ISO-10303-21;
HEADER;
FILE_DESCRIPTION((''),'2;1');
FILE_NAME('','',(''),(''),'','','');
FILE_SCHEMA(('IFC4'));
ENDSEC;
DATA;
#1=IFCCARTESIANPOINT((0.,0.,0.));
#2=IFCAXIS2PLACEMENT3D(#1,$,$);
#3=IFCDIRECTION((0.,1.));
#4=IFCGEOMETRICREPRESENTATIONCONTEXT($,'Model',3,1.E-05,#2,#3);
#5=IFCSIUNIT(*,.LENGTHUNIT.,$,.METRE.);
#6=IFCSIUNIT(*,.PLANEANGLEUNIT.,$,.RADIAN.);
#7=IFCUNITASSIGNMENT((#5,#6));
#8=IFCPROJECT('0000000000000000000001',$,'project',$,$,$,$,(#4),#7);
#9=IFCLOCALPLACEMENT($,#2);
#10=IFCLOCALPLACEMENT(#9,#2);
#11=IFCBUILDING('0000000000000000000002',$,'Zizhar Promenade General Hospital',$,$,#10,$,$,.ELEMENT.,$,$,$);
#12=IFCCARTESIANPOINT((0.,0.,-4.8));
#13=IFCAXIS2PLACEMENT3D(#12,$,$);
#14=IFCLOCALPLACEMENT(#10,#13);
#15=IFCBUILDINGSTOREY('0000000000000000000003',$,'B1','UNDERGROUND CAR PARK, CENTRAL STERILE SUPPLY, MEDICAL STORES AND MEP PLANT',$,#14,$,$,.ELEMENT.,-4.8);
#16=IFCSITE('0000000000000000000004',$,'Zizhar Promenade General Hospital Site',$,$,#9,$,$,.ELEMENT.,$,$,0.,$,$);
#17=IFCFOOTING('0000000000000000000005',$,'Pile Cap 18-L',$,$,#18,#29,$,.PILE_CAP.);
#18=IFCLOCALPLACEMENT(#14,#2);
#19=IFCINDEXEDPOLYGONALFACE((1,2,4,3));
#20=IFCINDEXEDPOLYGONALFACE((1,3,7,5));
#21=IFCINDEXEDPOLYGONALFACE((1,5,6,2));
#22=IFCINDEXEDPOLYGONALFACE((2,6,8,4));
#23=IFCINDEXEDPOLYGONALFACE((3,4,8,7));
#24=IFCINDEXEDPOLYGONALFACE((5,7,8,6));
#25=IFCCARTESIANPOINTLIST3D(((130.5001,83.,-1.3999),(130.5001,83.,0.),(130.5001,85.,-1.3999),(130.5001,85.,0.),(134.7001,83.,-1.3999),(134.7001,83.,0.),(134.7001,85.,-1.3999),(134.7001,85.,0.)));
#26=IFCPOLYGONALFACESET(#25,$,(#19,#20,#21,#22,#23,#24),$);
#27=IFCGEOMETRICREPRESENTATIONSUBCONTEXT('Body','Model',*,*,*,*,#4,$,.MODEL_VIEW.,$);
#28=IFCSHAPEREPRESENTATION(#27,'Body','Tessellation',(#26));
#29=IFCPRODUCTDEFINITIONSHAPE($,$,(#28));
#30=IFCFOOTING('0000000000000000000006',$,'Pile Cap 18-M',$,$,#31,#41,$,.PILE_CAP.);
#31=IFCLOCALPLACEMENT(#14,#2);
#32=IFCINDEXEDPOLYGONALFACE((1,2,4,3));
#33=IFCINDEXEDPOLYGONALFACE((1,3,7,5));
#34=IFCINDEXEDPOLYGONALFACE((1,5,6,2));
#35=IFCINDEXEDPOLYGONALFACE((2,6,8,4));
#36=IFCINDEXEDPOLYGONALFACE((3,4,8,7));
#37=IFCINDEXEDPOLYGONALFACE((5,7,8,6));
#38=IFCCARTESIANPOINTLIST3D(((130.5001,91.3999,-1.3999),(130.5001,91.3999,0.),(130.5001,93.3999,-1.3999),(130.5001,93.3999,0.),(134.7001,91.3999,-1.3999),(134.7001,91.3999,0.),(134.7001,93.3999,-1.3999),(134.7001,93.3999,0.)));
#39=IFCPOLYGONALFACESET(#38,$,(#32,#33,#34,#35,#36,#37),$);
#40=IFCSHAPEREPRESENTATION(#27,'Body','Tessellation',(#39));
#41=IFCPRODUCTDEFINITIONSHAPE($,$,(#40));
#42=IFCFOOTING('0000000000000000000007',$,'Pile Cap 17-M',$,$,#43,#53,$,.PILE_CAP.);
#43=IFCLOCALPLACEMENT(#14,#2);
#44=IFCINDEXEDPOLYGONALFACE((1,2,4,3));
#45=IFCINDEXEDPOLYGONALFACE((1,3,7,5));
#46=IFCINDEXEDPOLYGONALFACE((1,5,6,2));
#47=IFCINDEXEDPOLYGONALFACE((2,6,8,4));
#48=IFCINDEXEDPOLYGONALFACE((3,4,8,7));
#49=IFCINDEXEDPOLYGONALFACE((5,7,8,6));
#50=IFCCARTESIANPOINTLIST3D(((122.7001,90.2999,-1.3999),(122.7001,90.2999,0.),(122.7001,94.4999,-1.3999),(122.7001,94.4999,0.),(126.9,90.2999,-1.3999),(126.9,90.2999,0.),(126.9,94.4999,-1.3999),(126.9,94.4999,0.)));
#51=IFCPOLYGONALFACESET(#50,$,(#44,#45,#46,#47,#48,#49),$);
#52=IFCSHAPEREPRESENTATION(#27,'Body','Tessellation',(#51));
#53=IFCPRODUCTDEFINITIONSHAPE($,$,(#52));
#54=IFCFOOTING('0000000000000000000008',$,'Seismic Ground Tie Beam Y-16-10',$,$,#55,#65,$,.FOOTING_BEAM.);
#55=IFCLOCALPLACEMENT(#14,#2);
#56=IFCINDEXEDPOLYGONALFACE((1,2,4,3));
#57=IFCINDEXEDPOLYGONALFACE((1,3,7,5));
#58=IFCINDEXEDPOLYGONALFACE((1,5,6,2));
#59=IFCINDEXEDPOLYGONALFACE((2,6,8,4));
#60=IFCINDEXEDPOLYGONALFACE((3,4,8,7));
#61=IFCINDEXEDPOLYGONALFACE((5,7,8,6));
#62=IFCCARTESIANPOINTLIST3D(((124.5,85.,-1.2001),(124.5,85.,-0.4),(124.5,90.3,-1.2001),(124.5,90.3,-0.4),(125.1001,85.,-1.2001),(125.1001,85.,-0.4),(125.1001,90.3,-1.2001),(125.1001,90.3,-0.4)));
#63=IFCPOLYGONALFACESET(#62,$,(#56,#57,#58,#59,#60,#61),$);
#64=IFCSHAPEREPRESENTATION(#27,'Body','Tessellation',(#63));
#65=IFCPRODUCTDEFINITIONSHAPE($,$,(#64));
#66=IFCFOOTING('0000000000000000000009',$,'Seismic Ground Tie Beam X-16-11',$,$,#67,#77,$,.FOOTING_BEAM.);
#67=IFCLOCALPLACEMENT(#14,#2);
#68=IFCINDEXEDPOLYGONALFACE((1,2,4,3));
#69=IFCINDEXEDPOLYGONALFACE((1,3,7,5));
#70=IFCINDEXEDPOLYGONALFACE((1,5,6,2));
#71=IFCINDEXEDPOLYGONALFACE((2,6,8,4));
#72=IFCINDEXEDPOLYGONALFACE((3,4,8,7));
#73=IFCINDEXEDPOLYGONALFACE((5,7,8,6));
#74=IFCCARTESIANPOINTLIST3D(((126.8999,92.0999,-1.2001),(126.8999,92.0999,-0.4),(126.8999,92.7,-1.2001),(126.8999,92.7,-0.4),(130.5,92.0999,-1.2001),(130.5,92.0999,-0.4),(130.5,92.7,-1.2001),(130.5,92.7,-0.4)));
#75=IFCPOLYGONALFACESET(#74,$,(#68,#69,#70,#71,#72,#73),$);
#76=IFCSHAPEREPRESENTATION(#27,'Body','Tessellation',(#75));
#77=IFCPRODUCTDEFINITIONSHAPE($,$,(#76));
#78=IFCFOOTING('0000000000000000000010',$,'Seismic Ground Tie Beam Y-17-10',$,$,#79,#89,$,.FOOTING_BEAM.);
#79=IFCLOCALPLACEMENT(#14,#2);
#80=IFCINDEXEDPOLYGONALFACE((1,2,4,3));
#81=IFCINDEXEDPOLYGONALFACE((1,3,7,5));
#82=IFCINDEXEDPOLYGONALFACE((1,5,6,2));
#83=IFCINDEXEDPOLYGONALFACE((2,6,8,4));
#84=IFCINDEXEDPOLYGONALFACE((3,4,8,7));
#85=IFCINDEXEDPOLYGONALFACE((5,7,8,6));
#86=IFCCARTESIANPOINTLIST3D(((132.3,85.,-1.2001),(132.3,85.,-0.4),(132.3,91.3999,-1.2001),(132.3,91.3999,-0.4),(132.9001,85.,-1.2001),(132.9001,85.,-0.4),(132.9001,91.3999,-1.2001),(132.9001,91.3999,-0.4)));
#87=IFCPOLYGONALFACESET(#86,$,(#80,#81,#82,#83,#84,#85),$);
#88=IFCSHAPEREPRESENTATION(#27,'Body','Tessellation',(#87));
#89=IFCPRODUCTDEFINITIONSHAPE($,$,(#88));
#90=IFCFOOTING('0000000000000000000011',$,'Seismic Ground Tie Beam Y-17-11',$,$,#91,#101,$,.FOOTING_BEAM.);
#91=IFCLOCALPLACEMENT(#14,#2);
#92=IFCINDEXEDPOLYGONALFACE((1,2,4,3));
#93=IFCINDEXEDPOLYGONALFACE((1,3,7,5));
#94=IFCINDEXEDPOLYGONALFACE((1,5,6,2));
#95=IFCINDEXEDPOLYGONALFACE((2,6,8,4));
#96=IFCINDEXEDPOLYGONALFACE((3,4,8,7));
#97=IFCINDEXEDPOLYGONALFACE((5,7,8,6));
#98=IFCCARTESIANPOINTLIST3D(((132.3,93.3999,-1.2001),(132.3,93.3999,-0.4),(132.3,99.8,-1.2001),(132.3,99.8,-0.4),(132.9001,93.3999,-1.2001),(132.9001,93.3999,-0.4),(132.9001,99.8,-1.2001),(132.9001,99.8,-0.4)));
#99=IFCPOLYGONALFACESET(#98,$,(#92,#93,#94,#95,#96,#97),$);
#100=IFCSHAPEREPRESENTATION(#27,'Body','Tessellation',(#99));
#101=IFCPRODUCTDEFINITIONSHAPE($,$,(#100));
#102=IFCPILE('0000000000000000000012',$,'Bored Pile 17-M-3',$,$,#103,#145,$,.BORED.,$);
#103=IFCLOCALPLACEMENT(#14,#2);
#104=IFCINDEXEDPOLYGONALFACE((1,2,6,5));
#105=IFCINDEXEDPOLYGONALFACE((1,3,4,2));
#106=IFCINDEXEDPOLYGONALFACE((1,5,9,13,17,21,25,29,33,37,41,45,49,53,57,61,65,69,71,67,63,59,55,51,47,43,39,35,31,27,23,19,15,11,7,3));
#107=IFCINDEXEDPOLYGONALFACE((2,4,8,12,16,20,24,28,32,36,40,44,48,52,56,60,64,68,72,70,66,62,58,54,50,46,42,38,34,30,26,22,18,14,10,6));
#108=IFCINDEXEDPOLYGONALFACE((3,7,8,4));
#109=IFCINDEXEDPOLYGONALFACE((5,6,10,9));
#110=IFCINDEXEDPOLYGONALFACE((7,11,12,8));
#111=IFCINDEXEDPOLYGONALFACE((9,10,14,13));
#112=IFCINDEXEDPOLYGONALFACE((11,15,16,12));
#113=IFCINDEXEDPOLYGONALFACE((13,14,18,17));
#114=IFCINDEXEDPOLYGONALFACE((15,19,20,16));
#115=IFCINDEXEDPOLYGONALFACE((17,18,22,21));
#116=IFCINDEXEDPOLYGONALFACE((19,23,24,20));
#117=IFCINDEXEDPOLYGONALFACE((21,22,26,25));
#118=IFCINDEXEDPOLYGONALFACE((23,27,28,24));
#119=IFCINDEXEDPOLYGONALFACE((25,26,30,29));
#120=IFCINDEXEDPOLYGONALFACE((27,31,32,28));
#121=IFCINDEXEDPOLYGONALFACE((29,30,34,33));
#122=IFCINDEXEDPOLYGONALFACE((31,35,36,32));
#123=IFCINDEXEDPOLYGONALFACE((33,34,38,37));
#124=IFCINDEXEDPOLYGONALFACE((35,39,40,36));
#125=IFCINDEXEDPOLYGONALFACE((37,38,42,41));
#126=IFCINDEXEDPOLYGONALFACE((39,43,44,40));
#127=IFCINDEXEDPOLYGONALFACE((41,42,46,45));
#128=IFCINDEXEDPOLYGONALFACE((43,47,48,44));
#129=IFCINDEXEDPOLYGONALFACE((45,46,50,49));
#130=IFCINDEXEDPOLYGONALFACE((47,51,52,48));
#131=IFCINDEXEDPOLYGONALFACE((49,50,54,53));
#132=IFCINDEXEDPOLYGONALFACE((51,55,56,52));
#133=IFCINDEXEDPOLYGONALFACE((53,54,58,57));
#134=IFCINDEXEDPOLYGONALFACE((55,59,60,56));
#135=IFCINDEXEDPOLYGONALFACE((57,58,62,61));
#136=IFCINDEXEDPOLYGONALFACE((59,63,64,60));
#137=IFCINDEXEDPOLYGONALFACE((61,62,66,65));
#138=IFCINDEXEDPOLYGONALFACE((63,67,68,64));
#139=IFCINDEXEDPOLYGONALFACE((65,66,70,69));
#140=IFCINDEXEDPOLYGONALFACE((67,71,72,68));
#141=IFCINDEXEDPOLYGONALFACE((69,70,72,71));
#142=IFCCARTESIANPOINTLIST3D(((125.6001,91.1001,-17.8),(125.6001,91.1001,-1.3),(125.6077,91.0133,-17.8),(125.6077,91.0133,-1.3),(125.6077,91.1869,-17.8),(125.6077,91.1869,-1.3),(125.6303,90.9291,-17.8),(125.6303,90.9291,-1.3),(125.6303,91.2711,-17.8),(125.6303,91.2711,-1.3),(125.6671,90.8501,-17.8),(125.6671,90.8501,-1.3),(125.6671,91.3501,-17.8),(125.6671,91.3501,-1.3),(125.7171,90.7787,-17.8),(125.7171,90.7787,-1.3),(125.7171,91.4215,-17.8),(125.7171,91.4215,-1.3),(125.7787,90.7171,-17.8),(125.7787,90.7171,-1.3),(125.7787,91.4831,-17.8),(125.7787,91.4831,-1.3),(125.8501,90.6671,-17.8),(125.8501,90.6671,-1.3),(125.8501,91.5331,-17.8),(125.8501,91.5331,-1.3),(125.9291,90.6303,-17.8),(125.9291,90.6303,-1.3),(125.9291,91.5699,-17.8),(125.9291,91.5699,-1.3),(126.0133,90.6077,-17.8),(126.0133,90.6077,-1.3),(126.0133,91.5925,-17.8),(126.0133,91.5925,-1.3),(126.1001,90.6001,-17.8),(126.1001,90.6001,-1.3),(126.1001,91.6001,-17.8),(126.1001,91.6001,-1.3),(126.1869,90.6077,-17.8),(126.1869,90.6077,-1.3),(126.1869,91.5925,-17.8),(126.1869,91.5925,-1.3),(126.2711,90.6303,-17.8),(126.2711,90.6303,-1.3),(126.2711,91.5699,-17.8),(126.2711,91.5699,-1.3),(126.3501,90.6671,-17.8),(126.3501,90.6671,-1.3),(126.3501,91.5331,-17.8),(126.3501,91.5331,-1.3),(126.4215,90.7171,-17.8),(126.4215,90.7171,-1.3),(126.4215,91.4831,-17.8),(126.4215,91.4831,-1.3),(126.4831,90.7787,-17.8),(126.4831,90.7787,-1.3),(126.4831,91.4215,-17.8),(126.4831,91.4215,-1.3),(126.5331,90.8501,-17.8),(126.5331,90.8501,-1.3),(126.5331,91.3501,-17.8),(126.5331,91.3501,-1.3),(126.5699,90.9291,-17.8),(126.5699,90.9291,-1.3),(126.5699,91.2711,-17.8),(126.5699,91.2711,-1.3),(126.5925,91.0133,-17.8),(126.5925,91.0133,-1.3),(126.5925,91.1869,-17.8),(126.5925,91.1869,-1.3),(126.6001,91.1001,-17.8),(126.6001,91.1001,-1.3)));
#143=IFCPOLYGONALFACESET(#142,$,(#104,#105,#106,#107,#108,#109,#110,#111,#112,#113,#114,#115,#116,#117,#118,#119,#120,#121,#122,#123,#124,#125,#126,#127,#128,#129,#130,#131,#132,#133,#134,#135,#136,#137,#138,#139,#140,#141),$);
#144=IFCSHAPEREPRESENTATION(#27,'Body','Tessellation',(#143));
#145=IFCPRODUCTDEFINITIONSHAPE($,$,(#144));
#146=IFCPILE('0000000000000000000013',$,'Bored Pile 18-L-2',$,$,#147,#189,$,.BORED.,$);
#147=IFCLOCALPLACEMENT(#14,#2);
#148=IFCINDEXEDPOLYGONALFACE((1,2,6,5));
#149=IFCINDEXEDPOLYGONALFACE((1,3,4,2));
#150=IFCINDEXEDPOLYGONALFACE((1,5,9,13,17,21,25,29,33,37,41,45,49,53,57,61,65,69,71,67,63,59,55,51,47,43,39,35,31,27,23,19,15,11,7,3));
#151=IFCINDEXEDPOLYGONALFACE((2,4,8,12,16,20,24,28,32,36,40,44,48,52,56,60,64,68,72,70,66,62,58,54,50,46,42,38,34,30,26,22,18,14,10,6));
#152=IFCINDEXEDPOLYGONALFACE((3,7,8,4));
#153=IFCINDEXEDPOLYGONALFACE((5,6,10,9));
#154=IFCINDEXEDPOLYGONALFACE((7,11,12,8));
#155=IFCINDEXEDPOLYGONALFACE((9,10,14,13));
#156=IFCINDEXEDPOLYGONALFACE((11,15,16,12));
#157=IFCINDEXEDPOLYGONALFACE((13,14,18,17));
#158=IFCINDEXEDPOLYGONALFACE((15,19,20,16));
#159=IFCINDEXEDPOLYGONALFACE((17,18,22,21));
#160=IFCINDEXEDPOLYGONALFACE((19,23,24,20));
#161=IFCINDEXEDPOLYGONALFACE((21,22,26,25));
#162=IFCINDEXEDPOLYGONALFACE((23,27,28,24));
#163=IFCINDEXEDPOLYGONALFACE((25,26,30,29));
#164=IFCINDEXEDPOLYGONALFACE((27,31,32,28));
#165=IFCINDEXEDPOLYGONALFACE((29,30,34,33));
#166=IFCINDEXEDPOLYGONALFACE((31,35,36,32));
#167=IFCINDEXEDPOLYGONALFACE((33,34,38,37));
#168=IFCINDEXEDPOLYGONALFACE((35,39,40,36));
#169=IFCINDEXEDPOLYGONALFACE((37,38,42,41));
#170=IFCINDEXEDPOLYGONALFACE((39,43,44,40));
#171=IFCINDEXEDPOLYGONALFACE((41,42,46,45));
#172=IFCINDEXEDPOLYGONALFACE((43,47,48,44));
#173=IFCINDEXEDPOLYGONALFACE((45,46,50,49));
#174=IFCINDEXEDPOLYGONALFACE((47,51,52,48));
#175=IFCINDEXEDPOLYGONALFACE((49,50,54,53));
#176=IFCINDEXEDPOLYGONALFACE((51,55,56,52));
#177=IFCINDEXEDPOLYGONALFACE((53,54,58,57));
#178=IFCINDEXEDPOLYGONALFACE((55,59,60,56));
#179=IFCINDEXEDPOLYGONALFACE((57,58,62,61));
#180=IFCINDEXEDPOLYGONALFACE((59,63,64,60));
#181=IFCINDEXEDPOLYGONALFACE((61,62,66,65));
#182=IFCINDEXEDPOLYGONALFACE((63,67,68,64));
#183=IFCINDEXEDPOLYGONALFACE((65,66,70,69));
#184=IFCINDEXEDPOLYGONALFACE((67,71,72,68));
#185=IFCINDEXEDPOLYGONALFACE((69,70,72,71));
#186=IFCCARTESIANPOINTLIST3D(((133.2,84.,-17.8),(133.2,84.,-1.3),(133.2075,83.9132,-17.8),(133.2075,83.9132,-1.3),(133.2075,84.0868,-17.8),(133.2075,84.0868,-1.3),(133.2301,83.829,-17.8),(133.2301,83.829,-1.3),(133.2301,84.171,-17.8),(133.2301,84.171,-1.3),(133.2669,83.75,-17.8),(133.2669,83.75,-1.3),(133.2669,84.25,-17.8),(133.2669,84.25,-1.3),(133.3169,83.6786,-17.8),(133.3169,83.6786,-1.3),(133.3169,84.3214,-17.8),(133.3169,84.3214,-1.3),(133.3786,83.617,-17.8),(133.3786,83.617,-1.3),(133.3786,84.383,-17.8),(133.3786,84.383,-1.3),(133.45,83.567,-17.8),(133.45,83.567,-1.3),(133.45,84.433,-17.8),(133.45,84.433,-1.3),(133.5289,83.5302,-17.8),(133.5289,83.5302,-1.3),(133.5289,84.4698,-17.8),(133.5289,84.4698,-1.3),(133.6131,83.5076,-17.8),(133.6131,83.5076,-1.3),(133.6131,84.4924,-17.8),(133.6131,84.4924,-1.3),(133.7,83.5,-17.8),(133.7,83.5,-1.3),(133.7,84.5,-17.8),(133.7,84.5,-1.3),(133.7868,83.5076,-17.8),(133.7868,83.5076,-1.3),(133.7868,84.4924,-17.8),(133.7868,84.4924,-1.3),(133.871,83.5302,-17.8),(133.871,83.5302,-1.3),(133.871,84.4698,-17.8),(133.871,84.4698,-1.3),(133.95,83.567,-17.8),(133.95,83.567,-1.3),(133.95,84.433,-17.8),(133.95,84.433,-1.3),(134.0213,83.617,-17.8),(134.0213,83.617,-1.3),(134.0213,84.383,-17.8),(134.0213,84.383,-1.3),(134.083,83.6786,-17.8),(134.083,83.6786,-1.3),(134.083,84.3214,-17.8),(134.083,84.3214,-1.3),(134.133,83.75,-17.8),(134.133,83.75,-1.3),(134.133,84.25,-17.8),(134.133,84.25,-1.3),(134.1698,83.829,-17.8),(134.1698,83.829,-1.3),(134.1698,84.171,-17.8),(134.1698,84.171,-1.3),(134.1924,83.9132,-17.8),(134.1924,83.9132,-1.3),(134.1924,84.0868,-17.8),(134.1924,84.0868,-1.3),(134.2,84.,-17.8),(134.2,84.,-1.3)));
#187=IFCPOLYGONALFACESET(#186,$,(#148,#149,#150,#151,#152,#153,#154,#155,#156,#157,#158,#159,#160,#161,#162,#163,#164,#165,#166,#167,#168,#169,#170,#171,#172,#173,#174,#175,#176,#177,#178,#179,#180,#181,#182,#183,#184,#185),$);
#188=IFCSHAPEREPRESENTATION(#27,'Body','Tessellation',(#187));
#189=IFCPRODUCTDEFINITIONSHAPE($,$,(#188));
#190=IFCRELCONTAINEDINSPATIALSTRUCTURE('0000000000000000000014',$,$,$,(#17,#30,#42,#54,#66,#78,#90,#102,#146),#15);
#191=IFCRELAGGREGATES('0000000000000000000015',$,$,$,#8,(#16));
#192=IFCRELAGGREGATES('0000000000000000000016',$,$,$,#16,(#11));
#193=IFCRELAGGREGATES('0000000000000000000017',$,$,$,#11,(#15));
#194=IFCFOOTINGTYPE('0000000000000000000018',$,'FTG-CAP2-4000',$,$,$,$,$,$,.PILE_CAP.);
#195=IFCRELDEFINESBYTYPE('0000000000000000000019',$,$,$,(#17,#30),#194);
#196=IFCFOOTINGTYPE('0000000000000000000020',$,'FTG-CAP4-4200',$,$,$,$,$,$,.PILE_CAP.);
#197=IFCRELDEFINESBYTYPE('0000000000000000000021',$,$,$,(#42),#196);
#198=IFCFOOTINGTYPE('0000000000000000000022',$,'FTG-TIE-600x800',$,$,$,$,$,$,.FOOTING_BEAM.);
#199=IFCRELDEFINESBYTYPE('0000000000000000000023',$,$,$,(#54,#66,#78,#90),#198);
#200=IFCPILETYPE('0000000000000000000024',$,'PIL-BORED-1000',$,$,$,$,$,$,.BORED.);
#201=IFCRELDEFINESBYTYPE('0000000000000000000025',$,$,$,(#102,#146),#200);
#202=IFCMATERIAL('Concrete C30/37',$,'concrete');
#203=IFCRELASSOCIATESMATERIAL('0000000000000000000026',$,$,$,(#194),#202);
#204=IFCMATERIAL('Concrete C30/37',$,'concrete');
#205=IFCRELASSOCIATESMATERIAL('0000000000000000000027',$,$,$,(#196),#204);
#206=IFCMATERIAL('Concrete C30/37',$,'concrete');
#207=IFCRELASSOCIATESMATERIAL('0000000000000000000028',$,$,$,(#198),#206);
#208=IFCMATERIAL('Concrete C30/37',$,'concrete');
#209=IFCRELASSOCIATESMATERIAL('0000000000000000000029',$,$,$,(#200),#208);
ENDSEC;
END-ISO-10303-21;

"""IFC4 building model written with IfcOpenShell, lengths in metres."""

from ifc_helpers import new_model, si_unit, direction, frame, origin, origin_2d, place, context, subcontext, project, spatial, rectangle, circle, extrude, material, material_profile, profile_set, type_object, element, save


model = new_model("IFC4")

# Units and contexts
model_context = context("Model", 3, precision=1e-05, world=origin(), true_north=direction((0.0, 1.0)))
body_context = subcontext(model_context, "Body", "Model", "MODEL_VIEW")
ifc_project = project(units=[si_unit("LENGTHUNIT", "METRE"), si_unit("PLANEANGLEUNIT", "RADIAN")], contexts=[model_context])

# Site, building, storey
site_placement = place(None, origin())
site = spatial("IfcSite", under=ifc_project, at=site_placement, Name="Zizhar Promenade General Hospital Site", CompositionType="ELEMENT", RefElevation=0.0)
building_placement = place(site_placement, origin())
building = spatial("IfcBuilding", under=site, at=building_placement, Name="Zizhar Promenade General Hospital", CompositionType="ELEMENT")
storey_placement = place(building_placement, frame((0.0, 0.0, -4.8)))
storey = spatial("IfcBuildingStorey", under=building, at=storey_placement, Name="B1", Description="UNDERGROUND CAR PARK, CENTRAL STERILE SUPPLY, MEDICAL STORES AND MEP PLANT", CompositionType="ELEMENT", Elevation=-4.8)

# Footings
ifc_material_1 = material(Name="Concrete C30/37", Category="concrete")
footing_type_1 = type_object("IfcFootingType", Name="FTG-CAP2-4000", PredefinedType="PILE_CAP", material=ifc_material_1)
for number, where, z_axis, x_axis, name in (
    (1, (132.6001, 84.0, -1.3999), (0.0, 0.0, 1.0), (1.0, 0.0, 0.0), "Pile Cap 18-L"),
    (2, (132.6001, 92.3999, -1.3999), (0.0, 0.0, 1.0), (1.0, 0.0, 0.0), "Pile Cap 18-M"),
):
    element("IfcFooting", number, at=place(storey_placement, frame(where, z_axis=z_axis, x_axis=x_axis)), inside=storey, type_object=footing_type_1, Name=name, PredefinedType="PILE_CAP", context=body_context, shape_type="SweptSolid", body=[
        extrude(rectangle(XDim=4.2, YDim=2.0, at=origin_2d()), origin(), (0.0, 0.0, 1.0), 1.3999),
    ])
ifc_material_2 = material(Name="Concrete C30/37", Category="concrete")
footing_type_2 = type_object("IfcFootingType", Name="FTG-CAP4-4200", PredefinedType="PILE_CAP", material=ifc_material_2)
footing_1_placement = place(storey_placement, frame((124.8, 92.3999, -1.3999), z_axis=(0.0, 0.0, 1.0), x_axis=(1.0, 0.0, 0.0)))
element("IfcFooting", 3, at=footing_1_placement, inside=storey, type_object=footing_type_2, Name="Pile Cap 17-M", PredefinedType="PILE_CAP", context=body_context, shape_type="SweptSolid", body=[
    extrude(rectangle(XDim=4.2, YDim=4.2, at=origin_2d()), origin(), (0.0, 0.0, 1.0), 1.3999),
])
ifc_material_3 = material(Name="Concrete C30/37", Category="concrete")
ifc_material_profile_1 = material_profile(ifc_material_3, rectangle(XDim=0.6001, YDim=0.8, at=origin_2d()))
ifc_profile_set_1 = profile_set([ifc_material_profile_1], Name="Concrete C30/37")
footing_type_3 = type_object("IfcFootingType", Name="FTG-TIE-600x800", PredefinedType="FOOTING_BEAM", material=ifc_profile_set_1)
footing_2_placement = place(storey_placement, frame((124.8, 85.0, -0.8), z_axis=(0.0, 1.0, 0.0), x_axis=(-1.0, 0.0, 0.0)))
element("IfcFooting", 4, at=footing_2_placement, inside=storey, type_object=footing_type_3, Name="Seismic Ground Tie Beam Y-16-10", PredefinedType="FOOTING_BEAM", context=body_context, shape_type="SweptSolid", body=[
    extrude(rectangle(XDim=0.6001, YDim=0.8, at=origin_2d()), origin(), (0.0, 0.0, 1.0), 5.3),
])
footing_3_placement = place(storey_placement, frame((126.8999, 92.3999, -0.8), z_axis=(1.0, 0.0, 0.0), x_axis=(0.0, 1.0, 0.0)))
element("IfcFooting", 5, at=footing_3_placement, inside=storey, type_object=footing_type_3, Name="Seismic Ground Tie Beam X-16-11", PredefinedType="FOOTING_BEAM", context=body_context, shape_type="SweptSolid", body=[
    extrude(rectangle(XDim=0.6001, YDim=0.8, at=origin_2d()), origin(), (0.0, 0.0, 1.0), 3.6001),
])
footing_4_placement = place(storey_placement, frame((132.6001, 85.0, -0.8), z_axis=(0.0, 1.0, 0.0), x_axis=(-1.0, 0.0, 0.0)))
element("IfcFooting", 6, at=footing_4_placement, inside=storey, type_object=footing_type_3, Name="Seismic Ground Tie Beam Y-17-10", PredefinedType="FOOTING_BEAM", context=body_context, shape_type="SweptSolid", body=[
    extrude(rectangle(XDim=0.6001, YDim=0.8, at=origin_2d()), origin(), (0.0, 0.0, 1.0), 6.3999),
])
footing_5_placement = place(storey_placement, frame((132.6001, 93.3999, -0.8), z_axis=(0.0, 1.0, 0.0), x_axis=(-1.0, 0.0, 0.0)))
element("IfcFooting", 7, at=footing_5_placement, inside=storey, type_object=footing_type_3, Name="Seismic Ground Tie Beam Y-17-11", PredefinedType="FOOTING_BEAM", context=body_context, shape_type="SweptSolid", body=[
    extrude(rectangle(XDim=0.6001, YDim=0.8, at=origin_2d()), origin(), (0.0, 0.0, 1.0), 6.4001),
])

# Piles
ifc_material_4 = material(Name="Concrete C30/37", Category="concrete")
ifc_material_profile_2 = material_profile(ifc_material_4, circle(Radius=0.5, at=origin_2d()))
ifc_profile_set_2 = profile_set([ifc_material_profile_2], Name="Concrete C30/37")
pile_type = type_object("IfcPileType", Name="PIL-BORED-1000", PredefinedType="BORED", material=ifc_profile_set_2)
for number, where, z_axis, x_axis, name in (
    (8, (126.1001, 91.1001, -1.3), (0.0, 0.0, -1.0), (1.0, 0.0, 0.0), "Bored Pile 17-M-3"),
    (9, (133.7, 84.0, -1.3), (0.0, 0.0, -1.0), (1.0, 0.0, 0.0), "Bored Pile 18-L-2"),
):
    element("IfcPile", number, at=place(storey_placement, frame(where, z_axis=z_axis, x_axis=x_axis)), inside=storey, type_object=pile_type, Name=name, PredefinedType="BORED", context=body_context, shape_type="SweptSolid", body=[
        extrude(circle(Radius=0.5, at=origin_2d()), origin(), (0.0, 0.0, 1.0), 16.5),
    ])

save(model, "model.ifc")
